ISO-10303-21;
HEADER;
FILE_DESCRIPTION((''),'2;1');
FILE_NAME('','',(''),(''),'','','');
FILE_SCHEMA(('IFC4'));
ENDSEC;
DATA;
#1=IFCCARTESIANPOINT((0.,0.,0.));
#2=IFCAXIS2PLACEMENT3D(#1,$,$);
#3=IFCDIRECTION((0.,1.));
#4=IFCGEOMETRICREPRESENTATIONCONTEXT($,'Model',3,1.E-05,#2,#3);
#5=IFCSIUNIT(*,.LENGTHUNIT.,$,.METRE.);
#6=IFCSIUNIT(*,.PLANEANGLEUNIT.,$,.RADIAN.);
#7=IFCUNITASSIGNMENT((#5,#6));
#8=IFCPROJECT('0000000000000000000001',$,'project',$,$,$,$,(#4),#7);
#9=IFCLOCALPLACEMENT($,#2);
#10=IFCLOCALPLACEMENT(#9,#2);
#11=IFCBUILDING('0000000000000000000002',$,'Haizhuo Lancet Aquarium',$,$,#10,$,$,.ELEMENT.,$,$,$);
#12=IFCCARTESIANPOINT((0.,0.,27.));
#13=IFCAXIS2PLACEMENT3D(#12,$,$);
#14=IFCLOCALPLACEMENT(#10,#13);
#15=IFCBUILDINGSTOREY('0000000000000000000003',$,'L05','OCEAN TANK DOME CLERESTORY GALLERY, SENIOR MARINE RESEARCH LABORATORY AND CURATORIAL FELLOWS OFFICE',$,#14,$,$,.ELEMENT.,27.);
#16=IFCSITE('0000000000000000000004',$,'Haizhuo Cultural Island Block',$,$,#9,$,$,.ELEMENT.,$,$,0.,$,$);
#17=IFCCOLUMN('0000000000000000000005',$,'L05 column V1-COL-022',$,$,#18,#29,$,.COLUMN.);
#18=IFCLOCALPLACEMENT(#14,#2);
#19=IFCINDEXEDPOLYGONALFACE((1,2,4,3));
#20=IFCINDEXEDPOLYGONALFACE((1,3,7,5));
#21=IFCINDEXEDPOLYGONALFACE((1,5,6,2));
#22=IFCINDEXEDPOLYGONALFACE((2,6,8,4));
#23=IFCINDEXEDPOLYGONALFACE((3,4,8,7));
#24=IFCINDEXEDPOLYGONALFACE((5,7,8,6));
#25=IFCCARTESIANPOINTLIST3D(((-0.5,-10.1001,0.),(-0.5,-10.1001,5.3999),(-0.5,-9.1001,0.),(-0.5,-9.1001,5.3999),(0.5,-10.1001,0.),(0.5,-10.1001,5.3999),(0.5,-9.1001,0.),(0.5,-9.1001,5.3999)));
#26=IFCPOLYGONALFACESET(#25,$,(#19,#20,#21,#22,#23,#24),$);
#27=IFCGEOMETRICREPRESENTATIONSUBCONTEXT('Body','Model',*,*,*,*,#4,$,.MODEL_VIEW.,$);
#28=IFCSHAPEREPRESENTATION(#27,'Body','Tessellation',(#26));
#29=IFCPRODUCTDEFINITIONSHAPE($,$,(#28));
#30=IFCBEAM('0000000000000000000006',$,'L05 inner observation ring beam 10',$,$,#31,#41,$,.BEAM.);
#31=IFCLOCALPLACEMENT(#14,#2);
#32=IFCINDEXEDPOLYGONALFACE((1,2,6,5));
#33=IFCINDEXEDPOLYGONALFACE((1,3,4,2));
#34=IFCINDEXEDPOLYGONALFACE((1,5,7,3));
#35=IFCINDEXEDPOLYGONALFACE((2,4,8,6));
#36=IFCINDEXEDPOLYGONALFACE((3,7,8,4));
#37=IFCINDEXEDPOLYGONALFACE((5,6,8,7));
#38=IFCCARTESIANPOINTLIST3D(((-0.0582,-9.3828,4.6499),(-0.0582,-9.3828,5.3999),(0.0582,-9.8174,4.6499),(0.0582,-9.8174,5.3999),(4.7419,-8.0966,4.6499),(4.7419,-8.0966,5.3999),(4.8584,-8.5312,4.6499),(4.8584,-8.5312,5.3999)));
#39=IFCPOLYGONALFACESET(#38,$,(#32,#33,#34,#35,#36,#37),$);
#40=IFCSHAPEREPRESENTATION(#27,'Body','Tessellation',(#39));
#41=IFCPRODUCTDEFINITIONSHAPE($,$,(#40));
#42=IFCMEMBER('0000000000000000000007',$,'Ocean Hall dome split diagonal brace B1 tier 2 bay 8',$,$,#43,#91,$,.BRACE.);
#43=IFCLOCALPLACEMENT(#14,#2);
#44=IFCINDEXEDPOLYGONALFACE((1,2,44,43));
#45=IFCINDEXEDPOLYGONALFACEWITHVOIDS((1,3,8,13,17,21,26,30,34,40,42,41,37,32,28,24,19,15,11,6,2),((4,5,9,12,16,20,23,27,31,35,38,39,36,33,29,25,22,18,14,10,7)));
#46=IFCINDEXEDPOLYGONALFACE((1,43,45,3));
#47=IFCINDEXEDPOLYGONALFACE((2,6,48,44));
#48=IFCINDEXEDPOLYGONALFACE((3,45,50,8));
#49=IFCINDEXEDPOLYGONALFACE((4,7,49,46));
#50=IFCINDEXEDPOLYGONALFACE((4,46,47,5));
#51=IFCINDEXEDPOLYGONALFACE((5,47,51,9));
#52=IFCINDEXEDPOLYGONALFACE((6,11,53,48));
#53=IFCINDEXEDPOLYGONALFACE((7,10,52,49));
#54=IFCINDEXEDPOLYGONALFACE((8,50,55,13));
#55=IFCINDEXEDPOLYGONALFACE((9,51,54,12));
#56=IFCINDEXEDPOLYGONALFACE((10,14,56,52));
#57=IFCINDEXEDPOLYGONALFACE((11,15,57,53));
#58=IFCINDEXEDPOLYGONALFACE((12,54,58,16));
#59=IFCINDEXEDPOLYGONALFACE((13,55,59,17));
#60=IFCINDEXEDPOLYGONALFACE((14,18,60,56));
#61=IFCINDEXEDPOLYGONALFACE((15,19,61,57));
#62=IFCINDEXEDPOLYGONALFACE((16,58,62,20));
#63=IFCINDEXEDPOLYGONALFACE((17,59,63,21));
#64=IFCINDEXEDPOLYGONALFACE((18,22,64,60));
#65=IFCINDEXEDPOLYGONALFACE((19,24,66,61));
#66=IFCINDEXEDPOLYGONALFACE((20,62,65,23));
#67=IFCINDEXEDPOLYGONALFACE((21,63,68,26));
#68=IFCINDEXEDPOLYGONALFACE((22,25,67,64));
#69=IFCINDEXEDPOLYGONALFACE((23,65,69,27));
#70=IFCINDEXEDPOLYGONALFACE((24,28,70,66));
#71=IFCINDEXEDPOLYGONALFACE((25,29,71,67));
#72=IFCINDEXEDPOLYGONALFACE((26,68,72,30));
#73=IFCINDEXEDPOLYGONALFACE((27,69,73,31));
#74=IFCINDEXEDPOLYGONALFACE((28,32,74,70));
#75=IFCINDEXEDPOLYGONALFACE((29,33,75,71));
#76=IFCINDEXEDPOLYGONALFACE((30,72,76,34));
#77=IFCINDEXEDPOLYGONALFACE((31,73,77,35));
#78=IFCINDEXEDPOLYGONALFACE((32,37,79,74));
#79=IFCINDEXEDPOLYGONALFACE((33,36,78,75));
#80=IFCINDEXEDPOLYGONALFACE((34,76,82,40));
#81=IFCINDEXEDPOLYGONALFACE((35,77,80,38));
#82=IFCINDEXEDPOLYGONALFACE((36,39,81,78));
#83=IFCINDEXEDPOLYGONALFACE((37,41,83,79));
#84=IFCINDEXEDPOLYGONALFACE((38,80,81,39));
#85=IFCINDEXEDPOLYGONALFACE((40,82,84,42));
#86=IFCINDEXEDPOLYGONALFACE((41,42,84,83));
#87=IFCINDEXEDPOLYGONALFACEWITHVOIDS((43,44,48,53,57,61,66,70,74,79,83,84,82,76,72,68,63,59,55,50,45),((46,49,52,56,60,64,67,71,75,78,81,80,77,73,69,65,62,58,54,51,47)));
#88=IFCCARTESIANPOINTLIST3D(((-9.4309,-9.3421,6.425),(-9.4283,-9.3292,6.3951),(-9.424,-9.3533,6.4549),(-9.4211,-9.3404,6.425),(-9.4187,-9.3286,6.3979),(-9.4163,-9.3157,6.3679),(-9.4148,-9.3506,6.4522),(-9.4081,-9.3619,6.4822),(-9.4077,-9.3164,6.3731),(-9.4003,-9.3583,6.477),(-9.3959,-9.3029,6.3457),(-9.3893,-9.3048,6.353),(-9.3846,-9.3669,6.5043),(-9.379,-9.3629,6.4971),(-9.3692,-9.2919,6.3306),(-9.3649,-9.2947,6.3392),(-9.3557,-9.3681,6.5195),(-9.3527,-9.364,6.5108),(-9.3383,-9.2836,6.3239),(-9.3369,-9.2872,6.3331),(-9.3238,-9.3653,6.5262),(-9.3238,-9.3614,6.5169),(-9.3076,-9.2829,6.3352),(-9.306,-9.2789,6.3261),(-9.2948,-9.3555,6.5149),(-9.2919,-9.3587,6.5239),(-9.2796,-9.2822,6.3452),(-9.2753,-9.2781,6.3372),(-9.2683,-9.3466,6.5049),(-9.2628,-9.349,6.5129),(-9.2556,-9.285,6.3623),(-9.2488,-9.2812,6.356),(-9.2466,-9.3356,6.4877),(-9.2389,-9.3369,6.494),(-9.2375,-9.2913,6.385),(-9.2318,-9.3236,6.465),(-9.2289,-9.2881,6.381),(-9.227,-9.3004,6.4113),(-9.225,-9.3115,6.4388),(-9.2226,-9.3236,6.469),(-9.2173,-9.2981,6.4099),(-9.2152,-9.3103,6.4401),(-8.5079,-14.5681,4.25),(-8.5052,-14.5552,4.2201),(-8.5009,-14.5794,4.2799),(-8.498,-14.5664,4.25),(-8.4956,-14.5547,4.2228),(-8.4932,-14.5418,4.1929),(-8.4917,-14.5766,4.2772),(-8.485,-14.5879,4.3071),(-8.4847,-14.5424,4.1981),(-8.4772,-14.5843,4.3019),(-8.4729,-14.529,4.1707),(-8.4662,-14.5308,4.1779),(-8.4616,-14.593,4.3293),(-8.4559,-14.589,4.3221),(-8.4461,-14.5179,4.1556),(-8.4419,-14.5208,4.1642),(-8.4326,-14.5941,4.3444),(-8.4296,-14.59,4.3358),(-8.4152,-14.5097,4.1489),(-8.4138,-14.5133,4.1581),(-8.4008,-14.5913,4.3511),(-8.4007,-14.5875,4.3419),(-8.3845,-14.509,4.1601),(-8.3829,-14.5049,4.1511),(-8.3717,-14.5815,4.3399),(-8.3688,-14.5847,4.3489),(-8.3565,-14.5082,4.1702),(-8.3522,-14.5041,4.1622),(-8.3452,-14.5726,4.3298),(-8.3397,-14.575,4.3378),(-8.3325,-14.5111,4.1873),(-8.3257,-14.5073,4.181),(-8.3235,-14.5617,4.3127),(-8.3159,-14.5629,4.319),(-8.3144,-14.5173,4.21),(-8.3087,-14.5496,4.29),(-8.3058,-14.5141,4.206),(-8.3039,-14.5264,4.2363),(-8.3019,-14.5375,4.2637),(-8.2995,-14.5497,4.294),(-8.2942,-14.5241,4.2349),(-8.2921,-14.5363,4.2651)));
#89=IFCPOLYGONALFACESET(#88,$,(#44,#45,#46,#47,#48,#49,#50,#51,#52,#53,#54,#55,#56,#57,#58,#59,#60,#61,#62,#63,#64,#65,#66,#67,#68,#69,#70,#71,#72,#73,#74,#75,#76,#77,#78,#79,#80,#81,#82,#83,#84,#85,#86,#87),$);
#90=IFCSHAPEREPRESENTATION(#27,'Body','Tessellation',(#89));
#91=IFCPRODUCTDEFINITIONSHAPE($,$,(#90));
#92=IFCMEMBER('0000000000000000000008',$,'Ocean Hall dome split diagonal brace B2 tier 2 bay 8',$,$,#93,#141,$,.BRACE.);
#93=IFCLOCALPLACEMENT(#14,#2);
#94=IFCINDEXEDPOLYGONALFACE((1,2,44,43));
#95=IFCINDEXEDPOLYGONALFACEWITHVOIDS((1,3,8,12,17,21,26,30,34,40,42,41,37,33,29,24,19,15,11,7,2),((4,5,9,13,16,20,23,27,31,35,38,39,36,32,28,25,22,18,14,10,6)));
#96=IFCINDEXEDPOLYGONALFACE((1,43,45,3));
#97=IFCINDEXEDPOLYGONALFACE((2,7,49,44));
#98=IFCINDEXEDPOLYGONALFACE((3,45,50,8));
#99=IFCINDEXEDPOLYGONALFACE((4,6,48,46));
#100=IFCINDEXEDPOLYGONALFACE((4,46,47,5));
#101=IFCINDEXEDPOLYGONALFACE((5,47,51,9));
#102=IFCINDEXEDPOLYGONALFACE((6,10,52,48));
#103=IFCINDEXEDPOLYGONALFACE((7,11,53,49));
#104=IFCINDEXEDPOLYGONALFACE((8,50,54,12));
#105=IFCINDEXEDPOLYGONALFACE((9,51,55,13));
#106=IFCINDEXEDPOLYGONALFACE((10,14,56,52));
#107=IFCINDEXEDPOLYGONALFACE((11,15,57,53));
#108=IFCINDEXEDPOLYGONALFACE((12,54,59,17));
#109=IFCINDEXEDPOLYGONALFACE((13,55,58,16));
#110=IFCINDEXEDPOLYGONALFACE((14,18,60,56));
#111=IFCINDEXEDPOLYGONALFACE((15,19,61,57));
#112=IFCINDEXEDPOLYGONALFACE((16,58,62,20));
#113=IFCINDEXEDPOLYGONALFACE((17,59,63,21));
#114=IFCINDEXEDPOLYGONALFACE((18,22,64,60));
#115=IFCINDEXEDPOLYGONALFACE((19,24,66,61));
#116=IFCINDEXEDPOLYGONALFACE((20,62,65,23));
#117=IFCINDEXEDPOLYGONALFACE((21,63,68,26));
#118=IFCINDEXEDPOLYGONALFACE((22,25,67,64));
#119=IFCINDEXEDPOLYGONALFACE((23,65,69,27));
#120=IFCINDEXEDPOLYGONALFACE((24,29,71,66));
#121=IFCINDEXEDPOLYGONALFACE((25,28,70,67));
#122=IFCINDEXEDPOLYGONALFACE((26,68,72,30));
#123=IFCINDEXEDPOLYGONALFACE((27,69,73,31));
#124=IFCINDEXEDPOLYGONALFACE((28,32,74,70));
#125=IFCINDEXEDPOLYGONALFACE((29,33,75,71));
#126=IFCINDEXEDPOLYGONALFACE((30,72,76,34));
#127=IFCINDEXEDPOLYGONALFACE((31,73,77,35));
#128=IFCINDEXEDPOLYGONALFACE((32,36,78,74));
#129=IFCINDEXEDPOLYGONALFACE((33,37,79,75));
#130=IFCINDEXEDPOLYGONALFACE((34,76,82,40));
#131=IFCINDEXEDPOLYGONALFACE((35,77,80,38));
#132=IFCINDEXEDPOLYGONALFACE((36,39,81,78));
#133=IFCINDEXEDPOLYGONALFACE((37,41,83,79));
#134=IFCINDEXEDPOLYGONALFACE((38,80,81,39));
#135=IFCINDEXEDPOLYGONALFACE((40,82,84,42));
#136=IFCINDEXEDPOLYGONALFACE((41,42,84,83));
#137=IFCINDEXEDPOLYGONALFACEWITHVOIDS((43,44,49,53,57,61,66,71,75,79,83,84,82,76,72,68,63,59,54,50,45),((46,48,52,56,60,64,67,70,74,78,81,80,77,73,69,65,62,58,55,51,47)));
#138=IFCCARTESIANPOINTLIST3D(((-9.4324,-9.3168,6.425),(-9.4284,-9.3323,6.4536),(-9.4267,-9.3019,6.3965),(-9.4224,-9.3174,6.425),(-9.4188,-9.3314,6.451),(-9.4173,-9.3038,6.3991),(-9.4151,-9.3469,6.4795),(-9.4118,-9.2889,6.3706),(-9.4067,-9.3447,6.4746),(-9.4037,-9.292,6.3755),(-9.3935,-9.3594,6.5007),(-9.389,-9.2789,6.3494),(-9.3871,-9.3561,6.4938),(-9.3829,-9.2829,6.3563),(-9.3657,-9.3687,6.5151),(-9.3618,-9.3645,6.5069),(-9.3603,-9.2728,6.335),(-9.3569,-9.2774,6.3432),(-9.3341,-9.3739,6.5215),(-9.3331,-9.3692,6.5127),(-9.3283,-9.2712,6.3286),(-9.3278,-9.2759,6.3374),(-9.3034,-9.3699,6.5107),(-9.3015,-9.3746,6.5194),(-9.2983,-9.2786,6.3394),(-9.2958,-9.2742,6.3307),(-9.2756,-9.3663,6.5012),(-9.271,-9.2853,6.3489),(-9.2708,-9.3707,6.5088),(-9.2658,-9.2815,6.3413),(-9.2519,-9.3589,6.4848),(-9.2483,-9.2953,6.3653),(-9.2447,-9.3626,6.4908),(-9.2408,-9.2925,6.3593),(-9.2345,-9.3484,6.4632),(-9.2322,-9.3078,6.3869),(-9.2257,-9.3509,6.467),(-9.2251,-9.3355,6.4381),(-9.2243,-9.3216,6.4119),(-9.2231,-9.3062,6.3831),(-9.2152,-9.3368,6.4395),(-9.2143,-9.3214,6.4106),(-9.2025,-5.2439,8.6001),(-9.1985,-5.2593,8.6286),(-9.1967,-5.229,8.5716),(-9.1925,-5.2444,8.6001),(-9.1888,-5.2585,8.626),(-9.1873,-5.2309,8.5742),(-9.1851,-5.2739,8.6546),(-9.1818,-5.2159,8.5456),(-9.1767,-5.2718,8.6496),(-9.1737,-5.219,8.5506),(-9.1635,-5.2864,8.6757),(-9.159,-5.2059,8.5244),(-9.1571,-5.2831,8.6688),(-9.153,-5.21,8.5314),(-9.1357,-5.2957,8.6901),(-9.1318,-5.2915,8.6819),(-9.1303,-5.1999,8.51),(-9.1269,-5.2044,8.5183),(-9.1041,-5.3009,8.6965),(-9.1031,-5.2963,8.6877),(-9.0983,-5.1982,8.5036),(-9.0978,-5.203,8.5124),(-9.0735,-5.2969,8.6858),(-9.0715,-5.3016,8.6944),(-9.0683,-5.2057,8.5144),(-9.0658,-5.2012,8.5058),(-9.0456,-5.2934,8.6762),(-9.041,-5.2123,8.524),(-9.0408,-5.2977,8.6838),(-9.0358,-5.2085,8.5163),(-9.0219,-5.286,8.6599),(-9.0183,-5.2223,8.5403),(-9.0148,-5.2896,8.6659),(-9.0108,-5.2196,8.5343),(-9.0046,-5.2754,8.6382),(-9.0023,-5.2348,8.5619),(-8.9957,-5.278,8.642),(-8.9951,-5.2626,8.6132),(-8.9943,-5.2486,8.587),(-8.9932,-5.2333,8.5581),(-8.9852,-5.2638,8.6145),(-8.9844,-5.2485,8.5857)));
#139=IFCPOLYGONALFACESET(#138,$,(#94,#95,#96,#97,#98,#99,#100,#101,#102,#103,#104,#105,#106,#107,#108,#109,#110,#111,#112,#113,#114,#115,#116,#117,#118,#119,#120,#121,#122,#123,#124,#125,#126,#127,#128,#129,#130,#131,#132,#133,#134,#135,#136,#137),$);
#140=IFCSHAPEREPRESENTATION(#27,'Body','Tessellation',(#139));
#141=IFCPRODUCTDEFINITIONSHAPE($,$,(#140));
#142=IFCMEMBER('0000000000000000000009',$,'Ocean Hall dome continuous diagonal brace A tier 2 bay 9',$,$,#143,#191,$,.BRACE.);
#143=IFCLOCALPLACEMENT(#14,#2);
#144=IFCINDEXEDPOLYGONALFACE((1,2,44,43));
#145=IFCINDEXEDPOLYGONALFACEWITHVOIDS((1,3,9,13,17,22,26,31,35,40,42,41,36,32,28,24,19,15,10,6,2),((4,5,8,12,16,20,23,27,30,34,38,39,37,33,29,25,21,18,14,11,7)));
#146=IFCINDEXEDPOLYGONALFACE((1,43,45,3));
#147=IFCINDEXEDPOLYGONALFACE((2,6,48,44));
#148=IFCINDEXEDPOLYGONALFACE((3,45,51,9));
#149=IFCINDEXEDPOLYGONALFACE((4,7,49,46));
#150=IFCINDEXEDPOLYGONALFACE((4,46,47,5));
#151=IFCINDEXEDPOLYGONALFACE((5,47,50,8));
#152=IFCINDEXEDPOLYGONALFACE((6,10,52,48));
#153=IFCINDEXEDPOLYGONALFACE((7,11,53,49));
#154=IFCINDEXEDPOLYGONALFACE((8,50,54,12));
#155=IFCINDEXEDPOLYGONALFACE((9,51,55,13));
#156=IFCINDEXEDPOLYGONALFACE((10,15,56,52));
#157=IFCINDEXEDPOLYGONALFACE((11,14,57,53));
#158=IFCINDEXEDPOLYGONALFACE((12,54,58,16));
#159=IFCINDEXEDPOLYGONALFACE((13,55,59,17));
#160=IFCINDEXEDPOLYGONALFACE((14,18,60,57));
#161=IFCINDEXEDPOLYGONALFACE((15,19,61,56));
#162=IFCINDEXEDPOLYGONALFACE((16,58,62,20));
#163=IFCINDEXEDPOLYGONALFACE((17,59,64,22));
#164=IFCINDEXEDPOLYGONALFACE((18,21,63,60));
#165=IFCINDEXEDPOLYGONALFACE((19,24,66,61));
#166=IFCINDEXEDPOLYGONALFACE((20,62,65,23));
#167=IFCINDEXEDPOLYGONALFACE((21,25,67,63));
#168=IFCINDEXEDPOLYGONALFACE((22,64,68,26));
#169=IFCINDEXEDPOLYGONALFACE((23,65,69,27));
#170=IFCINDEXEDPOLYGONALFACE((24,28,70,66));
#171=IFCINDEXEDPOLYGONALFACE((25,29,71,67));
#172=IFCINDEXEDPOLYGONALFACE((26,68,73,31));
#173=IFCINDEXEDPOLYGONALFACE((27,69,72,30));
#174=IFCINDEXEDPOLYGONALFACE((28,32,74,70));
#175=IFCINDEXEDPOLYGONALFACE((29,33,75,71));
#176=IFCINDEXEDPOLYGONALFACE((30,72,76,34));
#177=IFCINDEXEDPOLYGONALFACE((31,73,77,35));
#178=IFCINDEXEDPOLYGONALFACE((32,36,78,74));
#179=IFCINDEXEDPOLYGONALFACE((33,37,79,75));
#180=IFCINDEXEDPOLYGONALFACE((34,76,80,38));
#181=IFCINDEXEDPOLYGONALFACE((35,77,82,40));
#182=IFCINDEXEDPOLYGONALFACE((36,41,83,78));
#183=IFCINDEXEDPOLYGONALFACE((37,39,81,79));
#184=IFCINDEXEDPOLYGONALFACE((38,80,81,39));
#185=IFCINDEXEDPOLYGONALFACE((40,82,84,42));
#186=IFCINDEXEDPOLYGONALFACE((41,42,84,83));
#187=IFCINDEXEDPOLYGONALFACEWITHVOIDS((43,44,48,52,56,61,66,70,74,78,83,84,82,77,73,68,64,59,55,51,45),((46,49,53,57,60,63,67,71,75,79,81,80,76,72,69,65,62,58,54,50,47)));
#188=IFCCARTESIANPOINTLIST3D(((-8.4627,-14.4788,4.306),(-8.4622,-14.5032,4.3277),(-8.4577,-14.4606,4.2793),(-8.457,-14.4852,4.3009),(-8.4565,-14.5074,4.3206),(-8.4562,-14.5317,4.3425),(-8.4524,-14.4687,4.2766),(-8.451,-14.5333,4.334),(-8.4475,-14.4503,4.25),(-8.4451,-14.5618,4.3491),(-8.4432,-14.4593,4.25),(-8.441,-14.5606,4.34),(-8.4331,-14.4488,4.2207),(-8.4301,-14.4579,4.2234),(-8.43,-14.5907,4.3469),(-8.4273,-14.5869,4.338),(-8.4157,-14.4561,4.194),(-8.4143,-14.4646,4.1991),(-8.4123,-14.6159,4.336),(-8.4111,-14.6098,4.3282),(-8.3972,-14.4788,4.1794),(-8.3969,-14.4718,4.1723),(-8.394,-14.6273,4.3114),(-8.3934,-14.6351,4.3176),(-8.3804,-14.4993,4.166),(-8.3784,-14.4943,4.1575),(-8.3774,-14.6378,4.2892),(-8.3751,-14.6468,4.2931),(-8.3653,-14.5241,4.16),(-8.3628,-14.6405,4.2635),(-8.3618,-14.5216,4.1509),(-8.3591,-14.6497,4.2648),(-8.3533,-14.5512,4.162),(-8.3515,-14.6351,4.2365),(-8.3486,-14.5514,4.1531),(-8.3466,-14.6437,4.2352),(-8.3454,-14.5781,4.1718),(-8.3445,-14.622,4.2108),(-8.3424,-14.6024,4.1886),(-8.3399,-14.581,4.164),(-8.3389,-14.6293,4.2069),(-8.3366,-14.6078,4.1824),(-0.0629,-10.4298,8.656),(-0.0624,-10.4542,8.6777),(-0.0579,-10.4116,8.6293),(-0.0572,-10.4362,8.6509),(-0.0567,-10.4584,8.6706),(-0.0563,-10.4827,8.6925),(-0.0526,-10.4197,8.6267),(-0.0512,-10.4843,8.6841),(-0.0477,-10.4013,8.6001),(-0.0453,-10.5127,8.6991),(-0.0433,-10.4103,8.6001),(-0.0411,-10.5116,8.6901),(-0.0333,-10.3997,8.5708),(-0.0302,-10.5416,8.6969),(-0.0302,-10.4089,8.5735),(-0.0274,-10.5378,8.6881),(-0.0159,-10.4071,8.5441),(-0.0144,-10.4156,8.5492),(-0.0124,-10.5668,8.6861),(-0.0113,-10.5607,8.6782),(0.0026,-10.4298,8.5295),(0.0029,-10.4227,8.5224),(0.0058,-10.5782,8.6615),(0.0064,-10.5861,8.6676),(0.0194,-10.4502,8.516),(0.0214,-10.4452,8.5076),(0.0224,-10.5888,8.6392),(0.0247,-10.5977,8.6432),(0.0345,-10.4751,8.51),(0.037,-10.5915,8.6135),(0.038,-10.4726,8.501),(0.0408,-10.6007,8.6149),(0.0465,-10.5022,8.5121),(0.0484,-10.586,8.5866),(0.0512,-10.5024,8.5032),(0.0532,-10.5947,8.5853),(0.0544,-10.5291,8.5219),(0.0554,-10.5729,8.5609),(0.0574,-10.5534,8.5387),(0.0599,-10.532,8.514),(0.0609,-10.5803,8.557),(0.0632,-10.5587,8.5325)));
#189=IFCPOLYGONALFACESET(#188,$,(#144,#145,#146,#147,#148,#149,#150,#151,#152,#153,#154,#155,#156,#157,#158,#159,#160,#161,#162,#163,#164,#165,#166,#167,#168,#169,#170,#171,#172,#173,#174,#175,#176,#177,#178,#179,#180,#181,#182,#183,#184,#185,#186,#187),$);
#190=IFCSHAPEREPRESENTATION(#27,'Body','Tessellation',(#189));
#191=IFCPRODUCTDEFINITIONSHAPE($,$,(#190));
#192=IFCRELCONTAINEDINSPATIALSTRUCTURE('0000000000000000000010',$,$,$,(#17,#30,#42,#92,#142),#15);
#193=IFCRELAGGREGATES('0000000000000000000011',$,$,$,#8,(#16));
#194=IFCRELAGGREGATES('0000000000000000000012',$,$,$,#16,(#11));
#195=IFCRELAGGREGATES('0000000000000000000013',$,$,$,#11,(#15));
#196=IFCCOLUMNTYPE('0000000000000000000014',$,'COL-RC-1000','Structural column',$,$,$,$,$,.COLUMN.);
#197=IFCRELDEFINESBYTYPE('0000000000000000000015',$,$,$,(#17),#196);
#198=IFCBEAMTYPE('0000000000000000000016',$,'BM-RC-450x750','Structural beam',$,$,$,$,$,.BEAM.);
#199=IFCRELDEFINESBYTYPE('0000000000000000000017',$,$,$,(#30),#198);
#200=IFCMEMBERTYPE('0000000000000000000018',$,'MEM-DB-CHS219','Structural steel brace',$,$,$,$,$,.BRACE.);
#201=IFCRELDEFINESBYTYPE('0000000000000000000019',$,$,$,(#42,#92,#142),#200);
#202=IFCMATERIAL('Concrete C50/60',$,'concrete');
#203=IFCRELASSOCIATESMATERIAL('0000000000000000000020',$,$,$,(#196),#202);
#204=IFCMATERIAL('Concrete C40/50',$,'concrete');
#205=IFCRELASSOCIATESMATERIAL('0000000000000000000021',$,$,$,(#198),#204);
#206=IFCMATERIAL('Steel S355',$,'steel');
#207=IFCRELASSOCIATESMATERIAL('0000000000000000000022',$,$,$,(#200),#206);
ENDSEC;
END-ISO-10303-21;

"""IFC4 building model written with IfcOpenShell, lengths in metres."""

from ifc_helpers import new_model, si_unit, direction, frame, origin, origin_2d, place, context, subcontext, project, spatial, rectangle, hollow_circle, extrude, material, material_profile, profile_set, type_object, element, save


model = new_model("IFC4")

# Units and contexts
model_context = context("Model", 3, precision=1e-05, world=origin(), true_north=direction((0.0, 1.0)))
body_context = subcontext(model_context, "Body", "Model", "MODEL_VIEW")
ifc_project = project(units=[si_unit("LENGTHUNIT", "METRE"), si_unit("PLANEANGLEUNIT", "RADIAN")], contexts=[model_context])

# Site, building, storey
site_placement = place(None, origin())
site = spatial("IfcSite", under=ifc_project, at=site_placement, Name="Haizhuo Cultural Island Block", CompositionType="ELEMENT", RefElevation=0.0)
building_placement = place(site_placement, origin())
building = spatial("IfcBuilding", under=site, at=building_placement, Name="Haizhuo Lancet Aquarium", CompositionType="ELEMENT")
storey_placement = place(building_placement, frame((0.0, 0.0, 27.0)))
storey = spatial("IfcBuildingStorey", under=building, at=storey_placement, Name="L05", Description="OCEAN TANK DOME CLERESTORY GALLERY, SENIOR MARINE RESEARCH LABORATORY AND CURATORIAL FELLOWS OFFICE", CompositionType="ELEMENT", Elevation=27.0)

# Column
ifc_material_1 = material(Name="Concrete C50/60", Category="concrete")
ifc_material_profile_1 = material_profile(ifc_material_1, rectangle(XDim=1.0, YDim=1.0, at=origin_2d()), Name="RC-COL 1000x1000")
ifc_profile_set_1 = profile_set([ifc_material_profile_1], Name="Concrete C50/60")
column_type = type_object("IfcColumnType", Name="COL-RC-1000", Description="Structural column", PredefinedType="COLUMN", material=ifc_profile_set_1)
column_placement = place(storey_placement, frame((0.0, -9.6001, 0.0), z_axis=(0.0, 0.0, 1.0), x_axis=(0.0, -1.0, 0.0)))
element("IfcColumn", 1, at=column_placement, inside=storey, type_object=column_type, Name="L05 column V1-COL-022", PredefinedType="COLUMN", context=body_context, shape_type="SweptSolid", body=[
    extrude(rectangle(XDim=1.0, YDim=1.0, at=origin_2d()), origin(), (0.0, 0.0, 1.0), 5.3999),
])

# Beam
ifc_material_2 = material(Name="Concrete C40/50", Category="concrete")
ifc_material_profile_2 = material_profile(ifc_material_2, rectangle(XDim=0.45, YDim=0.75, at=origin_2d()), Name="RC-BM 450x750")
ifc_profile_set_2 = profile_set([ifc_material_profile_2], Name="Concrete C40/50")
beam_type = type_object("IfcBeamType", Name="BM-RC-450x750", Description="Structural beam", PredefinedType="BEAM", material=ifc_profile_set_2)
beam_placement = place(storey_placement, frame((0.0, -9.6001, 5.0249), z_axis=(0.965928, 0.258812, 0.0), x_axis=(-0.258812, 0.965928, 0.0)))
element("IfcBeam", 2, at=beam_placement, inside=storey, type_object=beam_type, Name="L05 inner observation ring beam 10", PredefinedType="BEAM", context=body_context, shape_type="SweptSolid", body=[
    extrude(rectangle(XDim=0.45, YDim=0.75, at=origin_2d()), origin(), (0.0, 0.0, 1.0), 4.9695),
])

# Members
ifc_material_3 = material(Name="Steel S355", Category="steel")
ifc_material_profile_3 = material_profile(ifc_material_3, hollow_circle(Radius=0.1096, WallThickness=0.01, at=origin_2d()), Name="CHS 219x10")
ifc_profile_set_3 = profile_set([ifc_material_profile_3], Name="Steel S355")
member_type_1 = type_object("IfcMemberType", Name="MEM-DB-CHS219", Description="Structural steel brace", PredefinedType="BRACE", material=ifc_profile_set_3)
member_1_placement = place(storey_placement, frame((-8.3999, -14.5491, 4.25), z_axis=(-0.160947, 0.911196, 0.379232), x_axis=(-0.984756, -0.17394, 0.0)))
element("IfcMember", 3, at=member_1_placement, inside=storey, type_object=member_type_1, Name="Ocean Hall dome split diagonal brace B1 tier 2 bay 8", PredefinedType="BRACE", context=body_context, shape_type="SweptSolid", body=[
    extrude(hollow_circle(Radius=0.1096, WallThickness=0.01, at=origin_2d()), origin(), (0.0, 0.0, 1.0), 5.7354),
])
member_2_placement = place(storey_placement, frame((-9.323, -9.323, 6.425), z_axis=(0.049746, 0.88101, 0.470474), x_axis=(-0.99841, 0.056375, 0.0)))
element("IfcMember", 4, at=member_2_placement, inside=storey, type_object=member_type_1, Name="Ocean Hall dome split diagonal brace B2 tier 2 bay 8", PredefinedType="BRACE", context=body_context, shape_type="SweptSolid", body=[
    extrude(hollow_circle(Radius=0.1096, WallThickness=0.01, at=origin_2d()), origin(), (0.0, 0.0, 1.0), 4.623),
])
member_3_placement = place(storey_placement, frame((-8.3999, -14.5491, 4.25), z_axis=(0.816346, 0.39351, 0.422765), x_axis=(-0.434223, 0.900806, 0.0)))
element("IfcMember", 5, at=member_3_placement, inside=storey, type_object=member_type_1, Name="Ocean Hall dome continuous diagonal brace A tier 2 bay 9", PredefinedType="BRACE", context=body_context, shape_type="SweptSolid", body=[
    extrude(hollow_circle(Radius=0.1096, WallThickness=0.01, at=origin_2d()), origin(), (0.0, 0.0, 1.0), 10.2896),
])

save(model, "model.ifc")
